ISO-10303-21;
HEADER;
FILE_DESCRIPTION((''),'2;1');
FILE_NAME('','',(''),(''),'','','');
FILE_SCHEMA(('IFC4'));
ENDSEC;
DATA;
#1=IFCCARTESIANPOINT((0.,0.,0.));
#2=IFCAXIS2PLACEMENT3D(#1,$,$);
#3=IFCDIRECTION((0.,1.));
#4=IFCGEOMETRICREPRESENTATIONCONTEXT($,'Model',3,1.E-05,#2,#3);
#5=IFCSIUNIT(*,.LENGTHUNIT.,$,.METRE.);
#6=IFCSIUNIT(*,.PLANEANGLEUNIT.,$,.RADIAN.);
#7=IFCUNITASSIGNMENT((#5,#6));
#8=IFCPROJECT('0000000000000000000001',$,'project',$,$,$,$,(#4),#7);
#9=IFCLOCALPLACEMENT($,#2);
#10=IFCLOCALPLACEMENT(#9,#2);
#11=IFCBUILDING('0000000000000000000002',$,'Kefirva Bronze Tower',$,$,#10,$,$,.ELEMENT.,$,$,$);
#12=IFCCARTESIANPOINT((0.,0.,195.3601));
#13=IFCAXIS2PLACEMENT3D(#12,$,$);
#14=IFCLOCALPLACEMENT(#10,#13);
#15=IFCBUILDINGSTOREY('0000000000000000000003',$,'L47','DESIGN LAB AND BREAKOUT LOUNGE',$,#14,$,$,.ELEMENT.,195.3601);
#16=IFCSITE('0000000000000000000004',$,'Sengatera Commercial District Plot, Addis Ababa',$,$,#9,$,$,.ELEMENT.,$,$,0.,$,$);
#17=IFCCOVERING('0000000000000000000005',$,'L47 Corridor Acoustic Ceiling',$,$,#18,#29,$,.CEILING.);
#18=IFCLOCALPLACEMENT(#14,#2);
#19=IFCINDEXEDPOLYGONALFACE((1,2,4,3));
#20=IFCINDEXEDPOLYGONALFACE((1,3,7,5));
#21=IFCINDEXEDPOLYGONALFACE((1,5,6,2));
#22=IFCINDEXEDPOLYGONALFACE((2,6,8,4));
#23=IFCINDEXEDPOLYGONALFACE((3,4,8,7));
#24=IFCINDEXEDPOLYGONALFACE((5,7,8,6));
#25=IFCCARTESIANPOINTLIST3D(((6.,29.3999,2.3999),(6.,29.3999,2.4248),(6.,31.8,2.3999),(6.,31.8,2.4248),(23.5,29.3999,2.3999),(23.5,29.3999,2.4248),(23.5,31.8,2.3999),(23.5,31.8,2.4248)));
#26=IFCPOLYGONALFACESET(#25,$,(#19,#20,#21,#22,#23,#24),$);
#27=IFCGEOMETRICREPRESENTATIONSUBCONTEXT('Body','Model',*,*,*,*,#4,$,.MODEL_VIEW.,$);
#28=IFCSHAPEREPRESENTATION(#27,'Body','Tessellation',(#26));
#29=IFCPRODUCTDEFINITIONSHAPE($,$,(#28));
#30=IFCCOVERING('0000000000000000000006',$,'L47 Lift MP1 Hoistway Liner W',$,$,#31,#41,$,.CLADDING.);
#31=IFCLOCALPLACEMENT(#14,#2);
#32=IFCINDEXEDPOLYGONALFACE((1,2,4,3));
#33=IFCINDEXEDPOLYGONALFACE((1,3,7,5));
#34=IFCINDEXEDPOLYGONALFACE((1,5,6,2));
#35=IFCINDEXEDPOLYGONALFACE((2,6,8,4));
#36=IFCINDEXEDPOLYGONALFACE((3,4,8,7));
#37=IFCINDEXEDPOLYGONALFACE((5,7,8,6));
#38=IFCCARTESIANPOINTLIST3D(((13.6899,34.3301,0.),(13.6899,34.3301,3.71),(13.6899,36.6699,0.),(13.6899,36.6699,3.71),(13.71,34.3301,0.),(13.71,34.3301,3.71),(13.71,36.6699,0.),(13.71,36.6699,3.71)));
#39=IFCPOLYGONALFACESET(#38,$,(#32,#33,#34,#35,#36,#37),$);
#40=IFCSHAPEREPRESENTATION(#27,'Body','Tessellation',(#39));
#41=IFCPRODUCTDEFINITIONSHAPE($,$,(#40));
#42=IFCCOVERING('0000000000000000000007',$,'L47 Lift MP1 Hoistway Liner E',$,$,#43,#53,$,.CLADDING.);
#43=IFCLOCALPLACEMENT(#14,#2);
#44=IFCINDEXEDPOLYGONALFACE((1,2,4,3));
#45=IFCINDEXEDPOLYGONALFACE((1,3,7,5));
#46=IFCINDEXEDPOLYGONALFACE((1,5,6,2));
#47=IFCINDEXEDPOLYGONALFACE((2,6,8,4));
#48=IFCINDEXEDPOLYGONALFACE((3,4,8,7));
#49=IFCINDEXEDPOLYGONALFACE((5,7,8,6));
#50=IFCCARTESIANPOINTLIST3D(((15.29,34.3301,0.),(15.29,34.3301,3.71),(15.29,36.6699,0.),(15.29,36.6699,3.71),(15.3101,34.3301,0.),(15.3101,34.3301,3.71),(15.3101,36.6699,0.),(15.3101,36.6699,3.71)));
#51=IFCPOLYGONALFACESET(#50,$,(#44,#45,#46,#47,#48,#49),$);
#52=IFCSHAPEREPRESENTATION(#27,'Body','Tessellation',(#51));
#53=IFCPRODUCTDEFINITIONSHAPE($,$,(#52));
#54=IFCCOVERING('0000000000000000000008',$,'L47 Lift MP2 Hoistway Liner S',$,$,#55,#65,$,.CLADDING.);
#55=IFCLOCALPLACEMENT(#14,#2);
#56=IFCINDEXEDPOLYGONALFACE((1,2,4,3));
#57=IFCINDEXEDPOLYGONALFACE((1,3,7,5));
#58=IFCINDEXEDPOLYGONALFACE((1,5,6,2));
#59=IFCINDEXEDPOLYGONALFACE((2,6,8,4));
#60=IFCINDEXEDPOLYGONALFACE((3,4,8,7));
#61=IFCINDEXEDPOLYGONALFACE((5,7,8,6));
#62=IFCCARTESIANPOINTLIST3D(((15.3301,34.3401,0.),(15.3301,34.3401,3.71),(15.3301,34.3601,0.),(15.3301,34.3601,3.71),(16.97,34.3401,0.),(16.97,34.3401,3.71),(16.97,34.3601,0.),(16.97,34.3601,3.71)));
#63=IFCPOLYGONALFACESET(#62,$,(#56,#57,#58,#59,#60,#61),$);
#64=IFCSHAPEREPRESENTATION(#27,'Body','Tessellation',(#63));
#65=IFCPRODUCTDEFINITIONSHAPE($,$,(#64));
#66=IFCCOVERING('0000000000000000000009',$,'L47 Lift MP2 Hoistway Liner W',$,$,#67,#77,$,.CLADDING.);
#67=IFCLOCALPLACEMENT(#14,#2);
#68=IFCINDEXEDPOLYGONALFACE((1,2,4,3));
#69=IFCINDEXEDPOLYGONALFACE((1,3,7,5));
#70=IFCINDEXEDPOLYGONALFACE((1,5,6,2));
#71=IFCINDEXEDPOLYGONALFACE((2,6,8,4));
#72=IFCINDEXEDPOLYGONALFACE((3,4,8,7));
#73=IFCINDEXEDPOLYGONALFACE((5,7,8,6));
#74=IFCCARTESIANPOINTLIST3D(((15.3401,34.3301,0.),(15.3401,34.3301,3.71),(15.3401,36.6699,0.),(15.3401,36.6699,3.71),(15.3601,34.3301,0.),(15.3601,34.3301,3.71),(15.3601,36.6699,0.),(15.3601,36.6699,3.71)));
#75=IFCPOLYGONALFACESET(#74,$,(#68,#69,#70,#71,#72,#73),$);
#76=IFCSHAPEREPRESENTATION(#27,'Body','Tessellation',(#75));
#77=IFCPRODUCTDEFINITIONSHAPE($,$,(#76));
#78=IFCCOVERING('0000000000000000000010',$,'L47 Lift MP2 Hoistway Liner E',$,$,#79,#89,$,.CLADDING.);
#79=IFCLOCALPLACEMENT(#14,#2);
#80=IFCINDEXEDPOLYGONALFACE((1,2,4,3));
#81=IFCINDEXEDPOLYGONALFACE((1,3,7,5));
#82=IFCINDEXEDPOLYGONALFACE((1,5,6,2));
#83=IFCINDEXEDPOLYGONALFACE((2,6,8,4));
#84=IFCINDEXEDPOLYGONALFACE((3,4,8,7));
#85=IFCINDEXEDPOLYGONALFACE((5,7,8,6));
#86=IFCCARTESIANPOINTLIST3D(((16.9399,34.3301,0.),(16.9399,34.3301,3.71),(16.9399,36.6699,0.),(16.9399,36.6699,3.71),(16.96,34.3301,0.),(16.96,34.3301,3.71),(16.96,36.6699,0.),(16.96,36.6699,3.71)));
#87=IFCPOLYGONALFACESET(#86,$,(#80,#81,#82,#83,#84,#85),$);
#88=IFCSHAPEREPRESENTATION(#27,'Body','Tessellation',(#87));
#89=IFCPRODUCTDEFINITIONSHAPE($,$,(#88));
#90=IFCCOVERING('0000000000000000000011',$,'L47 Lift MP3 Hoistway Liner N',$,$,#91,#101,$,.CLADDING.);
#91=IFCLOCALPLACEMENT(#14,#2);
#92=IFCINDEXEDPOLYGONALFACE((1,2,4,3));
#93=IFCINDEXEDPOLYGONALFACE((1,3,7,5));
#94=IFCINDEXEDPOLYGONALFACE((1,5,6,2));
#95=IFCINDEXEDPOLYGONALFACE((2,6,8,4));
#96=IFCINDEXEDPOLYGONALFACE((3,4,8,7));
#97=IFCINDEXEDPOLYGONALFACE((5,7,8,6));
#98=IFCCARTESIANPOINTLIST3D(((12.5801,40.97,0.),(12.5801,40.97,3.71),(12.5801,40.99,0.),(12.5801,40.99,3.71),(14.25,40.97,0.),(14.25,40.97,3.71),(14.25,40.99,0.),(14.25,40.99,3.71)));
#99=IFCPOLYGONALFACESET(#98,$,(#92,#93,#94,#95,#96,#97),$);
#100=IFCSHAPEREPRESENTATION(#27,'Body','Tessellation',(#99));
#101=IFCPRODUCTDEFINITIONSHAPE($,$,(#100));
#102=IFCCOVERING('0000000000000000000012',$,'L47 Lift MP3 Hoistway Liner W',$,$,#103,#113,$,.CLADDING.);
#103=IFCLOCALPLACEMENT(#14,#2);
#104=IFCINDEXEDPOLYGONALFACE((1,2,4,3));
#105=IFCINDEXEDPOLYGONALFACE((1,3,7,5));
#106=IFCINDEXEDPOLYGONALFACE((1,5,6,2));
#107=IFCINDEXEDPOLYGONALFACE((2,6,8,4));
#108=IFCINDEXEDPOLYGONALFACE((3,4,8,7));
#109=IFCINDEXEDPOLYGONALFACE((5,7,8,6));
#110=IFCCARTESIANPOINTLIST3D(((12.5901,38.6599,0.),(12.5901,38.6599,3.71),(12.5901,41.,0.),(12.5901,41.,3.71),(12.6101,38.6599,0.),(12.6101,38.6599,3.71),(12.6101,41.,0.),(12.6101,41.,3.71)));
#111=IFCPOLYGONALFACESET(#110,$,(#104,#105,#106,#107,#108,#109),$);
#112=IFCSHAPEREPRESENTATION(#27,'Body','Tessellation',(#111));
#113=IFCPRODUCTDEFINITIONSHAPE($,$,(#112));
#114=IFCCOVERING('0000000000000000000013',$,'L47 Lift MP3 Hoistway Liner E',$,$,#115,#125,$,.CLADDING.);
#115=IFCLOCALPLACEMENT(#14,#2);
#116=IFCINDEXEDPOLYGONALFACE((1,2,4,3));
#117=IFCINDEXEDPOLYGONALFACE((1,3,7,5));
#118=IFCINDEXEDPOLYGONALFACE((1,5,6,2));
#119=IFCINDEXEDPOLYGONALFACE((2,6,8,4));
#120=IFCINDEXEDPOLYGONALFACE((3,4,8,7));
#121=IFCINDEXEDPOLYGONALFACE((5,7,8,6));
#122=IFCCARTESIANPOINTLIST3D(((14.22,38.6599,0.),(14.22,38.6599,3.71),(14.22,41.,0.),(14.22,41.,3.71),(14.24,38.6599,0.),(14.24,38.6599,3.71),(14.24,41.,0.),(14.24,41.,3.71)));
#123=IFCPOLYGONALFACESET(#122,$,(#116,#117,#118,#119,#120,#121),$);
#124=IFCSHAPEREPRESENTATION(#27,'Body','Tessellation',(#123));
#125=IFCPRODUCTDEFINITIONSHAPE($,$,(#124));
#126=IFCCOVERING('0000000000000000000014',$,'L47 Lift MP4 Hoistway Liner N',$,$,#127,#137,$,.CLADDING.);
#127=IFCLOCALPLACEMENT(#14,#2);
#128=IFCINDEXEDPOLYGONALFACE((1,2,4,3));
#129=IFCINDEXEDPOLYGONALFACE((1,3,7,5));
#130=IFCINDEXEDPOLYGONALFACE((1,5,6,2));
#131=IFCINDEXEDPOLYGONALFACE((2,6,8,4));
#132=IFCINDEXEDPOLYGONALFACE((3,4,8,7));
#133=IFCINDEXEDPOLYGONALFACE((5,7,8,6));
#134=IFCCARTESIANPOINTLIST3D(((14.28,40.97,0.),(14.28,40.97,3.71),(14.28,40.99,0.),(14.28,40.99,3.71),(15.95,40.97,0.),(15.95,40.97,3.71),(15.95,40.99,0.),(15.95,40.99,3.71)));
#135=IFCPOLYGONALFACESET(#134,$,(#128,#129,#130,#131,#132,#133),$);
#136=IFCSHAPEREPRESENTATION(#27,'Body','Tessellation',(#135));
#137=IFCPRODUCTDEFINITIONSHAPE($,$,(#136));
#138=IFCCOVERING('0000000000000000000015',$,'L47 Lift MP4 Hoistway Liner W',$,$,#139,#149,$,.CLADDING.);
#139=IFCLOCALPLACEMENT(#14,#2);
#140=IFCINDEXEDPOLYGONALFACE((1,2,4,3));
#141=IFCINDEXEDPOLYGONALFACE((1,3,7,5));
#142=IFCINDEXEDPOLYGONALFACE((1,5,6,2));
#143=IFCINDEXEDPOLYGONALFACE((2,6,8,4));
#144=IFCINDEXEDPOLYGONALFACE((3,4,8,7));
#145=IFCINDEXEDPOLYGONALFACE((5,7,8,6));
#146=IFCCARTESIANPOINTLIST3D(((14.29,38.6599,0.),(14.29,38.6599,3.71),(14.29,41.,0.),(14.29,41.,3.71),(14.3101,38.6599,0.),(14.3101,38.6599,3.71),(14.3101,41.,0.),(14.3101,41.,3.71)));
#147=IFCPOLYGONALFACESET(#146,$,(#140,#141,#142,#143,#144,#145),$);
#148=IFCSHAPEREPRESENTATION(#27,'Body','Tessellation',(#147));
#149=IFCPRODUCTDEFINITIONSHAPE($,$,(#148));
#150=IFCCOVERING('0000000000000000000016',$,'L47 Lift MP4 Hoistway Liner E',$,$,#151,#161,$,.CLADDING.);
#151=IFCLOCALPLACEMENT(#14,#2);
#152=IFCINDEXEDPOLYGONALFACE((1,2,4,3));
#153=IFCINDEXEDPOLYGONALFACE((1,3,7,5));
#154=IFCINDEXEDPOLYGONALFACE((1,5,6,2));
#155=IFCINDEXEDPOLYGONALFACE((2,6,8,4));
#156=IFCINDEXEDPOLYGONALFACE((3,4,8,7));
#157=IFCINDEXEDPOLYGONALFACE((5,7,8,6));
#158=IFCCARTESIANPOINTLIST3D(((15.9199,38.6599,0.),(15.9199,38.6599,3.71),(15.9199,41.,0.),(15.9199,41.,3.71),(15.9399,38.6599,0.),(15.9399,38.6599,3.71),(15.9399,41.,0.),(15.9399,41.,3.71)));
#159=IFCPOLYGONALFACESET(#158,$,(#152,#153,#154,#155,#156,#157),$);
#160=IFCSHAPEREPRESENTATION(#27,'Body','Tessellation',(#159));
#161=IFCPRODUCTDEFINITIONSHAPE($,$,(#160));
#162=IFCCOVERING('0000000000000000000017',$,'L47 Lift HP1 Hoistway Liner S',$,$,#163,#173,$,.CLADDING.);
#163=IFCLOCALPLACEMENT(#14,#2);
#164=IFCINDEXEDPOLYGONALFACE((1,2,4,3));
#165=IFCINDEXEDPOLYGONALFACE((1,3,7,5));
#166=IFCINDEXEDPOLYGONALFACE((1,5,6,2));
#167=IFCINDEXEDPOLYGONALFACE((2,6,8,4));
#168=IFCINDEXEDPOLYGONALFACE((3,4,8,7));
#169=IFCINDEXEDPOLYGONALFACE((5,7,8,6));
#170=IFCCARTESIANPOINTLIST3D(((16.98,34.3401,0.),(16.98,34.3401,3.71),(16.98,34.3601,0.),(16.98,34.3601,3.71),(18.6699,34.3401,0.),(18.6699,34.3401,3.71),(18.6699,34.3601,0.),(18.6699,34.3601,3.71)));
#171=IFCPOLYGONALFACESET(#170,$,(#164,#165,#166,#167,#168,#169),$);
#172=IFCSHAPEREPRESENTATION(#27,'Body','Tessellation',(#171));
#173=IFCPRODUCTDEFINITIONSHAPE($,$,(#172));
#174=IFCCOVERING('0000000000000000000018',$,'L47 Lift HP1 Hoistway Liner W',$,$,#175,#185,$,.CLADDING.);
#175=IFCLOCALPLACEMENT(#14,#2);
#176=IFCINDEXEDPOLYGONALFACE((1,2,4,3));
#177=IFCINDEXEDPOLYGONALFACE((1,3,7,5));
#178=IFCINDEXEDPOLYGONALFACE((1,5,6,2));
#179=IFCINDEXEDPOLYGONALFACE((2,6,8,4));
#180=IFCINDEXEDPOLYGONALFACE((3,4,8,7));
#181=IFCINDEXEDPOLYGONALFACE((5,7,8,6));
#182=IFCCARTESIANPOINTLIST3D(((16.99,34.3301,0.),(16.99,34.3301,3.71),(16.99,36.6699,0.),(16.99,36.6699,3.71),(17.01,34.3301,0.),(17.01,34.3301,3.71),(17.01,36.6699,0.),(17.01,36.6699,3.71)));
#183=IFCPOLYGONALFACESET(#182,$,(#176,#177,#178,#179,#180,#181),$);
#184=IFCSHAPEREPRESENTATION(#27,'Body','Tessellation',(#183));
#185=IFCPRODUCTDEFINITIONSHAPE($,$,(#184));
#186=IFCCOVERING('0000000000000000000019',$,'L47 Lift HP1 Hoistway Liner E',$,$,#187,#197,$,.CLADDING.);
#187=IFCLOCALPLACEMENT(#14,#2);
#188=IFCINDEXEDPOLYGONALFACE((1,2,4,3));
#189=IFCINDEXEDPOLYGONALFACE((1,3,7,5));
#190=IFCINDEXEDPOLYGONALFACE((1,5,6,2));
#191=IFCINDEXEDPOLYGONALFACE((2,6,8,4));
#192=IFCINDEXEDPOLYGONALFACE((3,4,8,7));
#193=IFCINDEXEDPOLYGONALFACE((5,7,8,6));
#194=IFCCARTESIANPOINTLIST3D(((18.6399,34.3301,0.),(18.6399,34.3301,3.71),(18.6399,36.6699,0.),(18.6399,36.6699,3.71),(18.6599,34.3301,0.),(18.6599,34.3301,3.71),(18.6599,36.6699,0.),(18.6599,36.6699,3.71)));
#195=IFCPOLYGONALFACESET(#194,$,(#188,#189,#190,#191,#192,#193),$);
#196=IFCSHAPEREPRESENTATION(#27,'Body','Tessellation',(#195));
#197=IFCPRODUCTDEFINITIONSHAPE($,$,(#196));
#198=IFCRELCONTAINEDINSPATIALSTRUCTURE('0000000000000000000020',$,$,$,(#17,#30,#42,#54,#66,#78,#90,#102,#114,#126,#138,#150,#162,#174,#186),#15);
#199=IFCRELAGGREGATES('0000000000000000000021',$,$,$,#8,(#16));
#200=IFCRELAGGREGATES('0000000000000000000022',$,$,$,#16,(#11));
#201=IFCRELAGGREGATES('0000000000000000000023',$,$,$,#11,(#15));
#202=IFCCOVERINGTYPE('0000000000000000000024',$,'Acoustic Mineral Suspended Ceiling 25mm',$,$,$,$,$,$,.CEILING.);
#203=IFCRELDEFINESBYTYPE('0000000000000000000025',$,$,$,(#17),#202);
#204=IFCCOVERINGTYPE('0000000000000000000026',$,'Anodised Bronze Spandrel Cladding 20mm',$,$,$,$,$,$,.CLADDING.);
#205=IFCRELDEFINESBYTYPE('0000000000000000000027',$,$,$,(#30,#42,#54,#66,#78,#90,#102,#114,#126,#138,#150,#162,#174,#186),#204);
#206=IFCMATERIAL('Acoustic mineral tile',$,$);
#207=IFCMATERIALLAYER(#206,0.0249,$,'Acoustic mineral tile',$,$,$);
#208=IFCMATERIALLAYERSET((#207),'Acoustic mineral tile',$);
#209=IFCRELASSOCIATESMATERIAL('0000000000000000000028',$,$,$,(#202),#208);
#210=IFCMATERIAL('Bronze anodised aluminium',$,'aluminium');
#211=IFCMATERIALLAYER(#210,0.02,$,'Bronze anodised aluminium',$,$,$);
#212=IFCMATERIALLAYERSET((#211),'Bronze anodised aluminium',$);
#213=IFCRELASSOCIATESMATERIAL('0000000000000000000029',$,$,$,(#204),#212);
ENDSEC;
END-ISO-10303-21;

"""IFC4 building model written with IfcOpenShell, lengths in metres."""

from ifc_helpers import new_model, si_unit, direction, frame, origin, place, context, subcontext, project, spatial, polyline, outline, extrude, material, layer, layer_set, type_object, element, save


model = new_model("IFC4")

# Units and contexts
model_context = context("Model", 3, precision=1e-05, world=origin(), true_north=direction((0.0, 1.0)))
body_context = subcontext(model_context, "Body", "Model", "MODEL_VIEW")
ifc_project = project(units=[si_unit("LENGTHUNIT", "METRE"), si_unit("PLANEANGLEUNIT", "RADIAN")], contexts=[model_context])

# Site, building, storey
site_placement = place(None, origin())
site = spatial("IfcSite", under=ifc_project, at=site_placement, Name="Sengatera Commercial District Plot, Addis Ababa", CompositionType="ELEMENT", RefElevation=0.0)
building_placement = place(site_placement, origin())
building = spatial("IfcBuilding", under=site, at=building_placement, Name="Kefirva Bronze Tower", CompositionType="ELEMENT")
storey_placement = place(building_placement, frame((0.0, 0.0, 195.3601)))
storey = spatial("IfcBuildingStorey", under=building, at=storey_placement, Name="L47", Description="DESIGN LAB AND BREAKOUT LOUNGE", CompositionType="ELEMENT", Elevation=195.3601)

# Coverings
ifc_material_1 = material(Name="Acoustic mineral tile")
ifc_layer_1 = layer(ifc_material_1, 0.0249, Name="Acoustic mineral tile")
ifc_layer_set_1 = layer_set([ifc_layer_1], Name="Acoustic mineral tile")
covering_type_1 = type_object("IfcCoveringType", Name="Acoustic Mineral Suspended Ceiling 25mm", PredefinedType="CEILING", material=ifc_layer_set_1)
covering_1_placement = place(storey_placement, frame((0.0, 0.0, 2.3999)))
element("IfcCovering", 1, at=covering_1_placement, inside=storey, type_object=covering_type_1, Name="L47 Corridor Acoustic Ceiling", PredefinedType="CEILING", context=body_context, shape_type="SweptSolid", body=[
    extrude(outline(polyline([(6.0, 29.3999), (23.5, 29.3999), (23.5, 31.8), (6.0, 31.8), (6.0, 29.3999)])), origin(), (0.0, 0.0, 1.0), 0.0249),
])
ifc_material_2 = material(Name="Bronze anodised aluminium", Category="aluminium")
ifc_layer_2 = layer(ifc_material_2, 0.02, Name="Bronze anodised aluminium")
ifc_layer_set_2 = layer_set([ifc_layer_2], Name="Bronze anodised aluminium")
covering_type_2 = type_object("IfcCoveringType", Name="Anodised Bronze Spandrel Cladding 20mm", PredefinedType="CLADDING", material=ifc_layer_set_2)
covering_2_placement = place(storey_placement, origin())
element("IfcCovering", 2, at=covering_2_placement, inside=storey, type_object=covering_type_2, Name="L47 Lift MP1 Hoistway Liner W", PredefinedType="CLADDING", context=body_context, shape_type="SweptSolid", body=[
    extrude(outline(polyline([(13.6899, 34.3301), (13.71, 34.3301), (13.71, 36.6699), (13.6899, 36.6699), (13.6899, 34.3301)])), origin(), (0.0, 0.0, 1.0), 3.71),
])
covering_3_placement = place(storey_placement, origin())
element("IfcCovering", 3, at=covering_3_placement, inside=storey, type_object=covering_type_2, Name="L47 Lift MP1 Hoistway Liner E", PredefinedType="CLADDING", context=body_context, shape_type="SweptSolid", body=[
    extrude(outline(polyline([(15.29, 34.3301), (15.3101, 34.3301), (15.3101, 36.6699), (15.29, 36.6699), (15.29, 34.3301)])), origin(), (0.0, 0.0, 1.0), 3.71),
])
covering_4_placement = place(storey_placement, origin())
element("IfcCovering", 4, at=covering_4_placement, inside=storey, type_object=covering_type_2, Name="L47 Lift MP2 Hoistway Liner S", PredefinedType="CLADDING", context=body_context, shape_type="SweptSolid", body=[
    extrude(outline(polyline([(15.3301, 34.3401), (16.97, 34.3401), (16.97, 34.3601), (15.3301, 34.3601), (15.3301, 34.3401)])), origin(), (0.0, 0.0, 1.0), 3.71),
])
covering_5_placement = place(storey_placement, origin())
element("IfcCovering", 5, at=covering_5_placement, inside=storey, type_object=covering_type_2, Name="L47 Lift MP2 Hoistway Liner W", PredefinedType="CLADDING", context=body_context, shape_type="SweptSolid", body=[
    extrude(outline(polyline([(15.3401, 34.3301), (15.3601, 34.3301), (15.3601, 36.6699), (15.3401, 36.6699), (15.3401, 34.3301)])), origin(), (0.0, 0.0, 1.0), 3.71),
])
covering_6_placement = place(storey_placement, origin())
element("IfcCovering", 6, at=covering_6_placement, inside=storey, type_object=covering_type_2, Name="L47 Lift MP2 Hoistway Liner E", PredefinedType="CLADDING", context=body_context, shape_type="SweptSolid", body=[
    extrude(outline(polyline([(16.9399, 34.3301), (16.96, 34.3301), (16.96, 36.6699), (16.9399, 36.6699), (16.9399, 34.3301)])), origin(), (0.0, 0.0, 1.0), 3.71),
])
covering_7_placement = place(storey_placement, origin())
element("IfcCovering", 7, at=covering_7_placement, inside=storey, type_object=covering_type_2, Name="L47 Lift MP3 Hoistway Liner N", PredefinedType="CLADDING", context=body_context, shape_type="SweptSolid", body=[
    extrude(outline(polyline([(12.5801, 40.97), (14.25, 40.97), (14.25, 40.99), (12.5801, 40.99), (12.5801, 40.97)])), origin(), (0.0, 0.0, 1.0), 3.71),
])
covering_8_placement = place(storey_placement, origin())
element("IfcCovering", 8, at=covering_8_placement, inside=storey, type_object=covering_type_2, Name="L47 Lift MP3 Hoistway Liner W", PredefinedType="CLADDING", context=body_context, shape_type="SweptSolid", body=[
    extrude(outline(polyline([(12.5901, 38.6599), (12.6101, 38.6599), (12.6101, 41.0), (12.5901, 41.0), (12.5901, 38.6599)])), origin(), (0.0, 0.0, 1.0), 3.71),
])
covering_9_placement = place(storey_placement, origin())
element("IfcCovering", 9, at=covering_9_placement, inside=storey, type_object=covering_type_2, Name="L47 Lift MP3 Hoistway Liner E", PredefinedType="CLADDING", context=body_context, shape_type="SweptSolid", body=[
    extrude(outline(polyline([(14.22, 38.6599), (14.24, 38.6599), (14.24, 41.0), (14.22, 41.0), (14.22, 38.6599)])), origin(), (0.0, 0.0, 1.0), 3.71),
])
covering_10_placement = place(storey_placement, origin())
element("IfcCovering", 10, at=covering_10_placement, inside=storey, type_object=covering_type_2, Name="L47 Lift MP4 Hoistway Liner N", PredefinedType="CLADDING", context=body_context, shape_type="SweptSolid", body=[
    extrude(outline(polyline([(14.28, 40.97), (15.95, 40.97), (15.95, 40.99), (14.28, 40.99), (14.28, 40.97)])), origin(), (0.0, 0.0, 1.0), 3.71),
])
covering_11_placement = place(storey_placement, origin())
element("IfcCovering", 11, at=covering_11_placement, inside=storey, type_object=covering_type_2, Name="L47 Lift MP4 Hoistway Liner W", PredefinedType="CLADDING", context=body_context, shape_type="SweptSolid", body=[
    extrude(outline(polyline([(14.29, 38.6599), (14.3101, 38.6599), (14.3101, 41.0), (14.29, 41.0), (14.29, 38.6599)])), origin(), (0.0, 0.0, 1.0), 3.71),
])
covering_12_placement = place(storey_placement, origin())
element("IfcCovering", 12, at=covering_12_placement, inside=storey, type_object=covering_type_2, Name="L47 Lift MP4 Hoistway Liner E", PredefinedType="CLADDING", context=body_context, shape_type="SweptSolid", body=[
    extrude(outline(polyline([(15.9199, 38.6599), (15.9399, 38.6599), (15.9399, 41.0), (15.9199, 41.0), (15.9199, 38.6599)])), origin(), (0.0, 0.0, 1.0), 3.71),
])
covering_13_placement = place(storey_placement, origin())
element("IfcCovering", 13, at=covering_13_placement, inside=storey, type_object=covering_type_2, Name="L47 Lift HP1 Hoistway Liner S", PredefinedType="CLADDING", context=body_context, shape_type="SweptSolid", body=[
    extrude(outline(polyline([(16.98, 34.3401), (18.6699, 34.3401), (18.6699, 34.3601), (16.98, 34.3601), (16.98, 34.3401)])), origin(), (0.0, 0.0, 1.0), 3.71),
])
covering_14_placement = place(storey_placement, origin())
element("IfcCovering", 14, at=covering_14_placement, inside=storey, type_object=covering_type_2, Name="L47 Lift HP1 Hoistway Liner W", PredefinedType="CLADDING", context=body_context, shape_type="SweptSolid", body=[
    extrude(outline(polyline([(16.99, 34.3301), (17.01, 34.3301), (17.01, 36.6699), (16.99, 36.6699), (16.99, 34.3301)])), origin(), (0.0, 0.0, 1.0), 3.71),
])
covering_15_placement = place(storey_placement, origin())
element("IfcCovering", 15, at=covering_15_placement, inside=storey, type_object=covering_type_2, Name="L47 Lift HP1 Hoistway Liner E", PredefinedType="CLADDING", context=body_context, shape_type="SweptSolid", body=[
    extrude(outline(polyline([(18.6399, 34.3301), (18.6599, 34.3301), (18.6599, 36.6699), (18.6399, 36.6699), (18.6399, 34.3301)])), origin(), (0.0, 0.0, 1.0), 3.71),
])

save(model, "model.ifc")
